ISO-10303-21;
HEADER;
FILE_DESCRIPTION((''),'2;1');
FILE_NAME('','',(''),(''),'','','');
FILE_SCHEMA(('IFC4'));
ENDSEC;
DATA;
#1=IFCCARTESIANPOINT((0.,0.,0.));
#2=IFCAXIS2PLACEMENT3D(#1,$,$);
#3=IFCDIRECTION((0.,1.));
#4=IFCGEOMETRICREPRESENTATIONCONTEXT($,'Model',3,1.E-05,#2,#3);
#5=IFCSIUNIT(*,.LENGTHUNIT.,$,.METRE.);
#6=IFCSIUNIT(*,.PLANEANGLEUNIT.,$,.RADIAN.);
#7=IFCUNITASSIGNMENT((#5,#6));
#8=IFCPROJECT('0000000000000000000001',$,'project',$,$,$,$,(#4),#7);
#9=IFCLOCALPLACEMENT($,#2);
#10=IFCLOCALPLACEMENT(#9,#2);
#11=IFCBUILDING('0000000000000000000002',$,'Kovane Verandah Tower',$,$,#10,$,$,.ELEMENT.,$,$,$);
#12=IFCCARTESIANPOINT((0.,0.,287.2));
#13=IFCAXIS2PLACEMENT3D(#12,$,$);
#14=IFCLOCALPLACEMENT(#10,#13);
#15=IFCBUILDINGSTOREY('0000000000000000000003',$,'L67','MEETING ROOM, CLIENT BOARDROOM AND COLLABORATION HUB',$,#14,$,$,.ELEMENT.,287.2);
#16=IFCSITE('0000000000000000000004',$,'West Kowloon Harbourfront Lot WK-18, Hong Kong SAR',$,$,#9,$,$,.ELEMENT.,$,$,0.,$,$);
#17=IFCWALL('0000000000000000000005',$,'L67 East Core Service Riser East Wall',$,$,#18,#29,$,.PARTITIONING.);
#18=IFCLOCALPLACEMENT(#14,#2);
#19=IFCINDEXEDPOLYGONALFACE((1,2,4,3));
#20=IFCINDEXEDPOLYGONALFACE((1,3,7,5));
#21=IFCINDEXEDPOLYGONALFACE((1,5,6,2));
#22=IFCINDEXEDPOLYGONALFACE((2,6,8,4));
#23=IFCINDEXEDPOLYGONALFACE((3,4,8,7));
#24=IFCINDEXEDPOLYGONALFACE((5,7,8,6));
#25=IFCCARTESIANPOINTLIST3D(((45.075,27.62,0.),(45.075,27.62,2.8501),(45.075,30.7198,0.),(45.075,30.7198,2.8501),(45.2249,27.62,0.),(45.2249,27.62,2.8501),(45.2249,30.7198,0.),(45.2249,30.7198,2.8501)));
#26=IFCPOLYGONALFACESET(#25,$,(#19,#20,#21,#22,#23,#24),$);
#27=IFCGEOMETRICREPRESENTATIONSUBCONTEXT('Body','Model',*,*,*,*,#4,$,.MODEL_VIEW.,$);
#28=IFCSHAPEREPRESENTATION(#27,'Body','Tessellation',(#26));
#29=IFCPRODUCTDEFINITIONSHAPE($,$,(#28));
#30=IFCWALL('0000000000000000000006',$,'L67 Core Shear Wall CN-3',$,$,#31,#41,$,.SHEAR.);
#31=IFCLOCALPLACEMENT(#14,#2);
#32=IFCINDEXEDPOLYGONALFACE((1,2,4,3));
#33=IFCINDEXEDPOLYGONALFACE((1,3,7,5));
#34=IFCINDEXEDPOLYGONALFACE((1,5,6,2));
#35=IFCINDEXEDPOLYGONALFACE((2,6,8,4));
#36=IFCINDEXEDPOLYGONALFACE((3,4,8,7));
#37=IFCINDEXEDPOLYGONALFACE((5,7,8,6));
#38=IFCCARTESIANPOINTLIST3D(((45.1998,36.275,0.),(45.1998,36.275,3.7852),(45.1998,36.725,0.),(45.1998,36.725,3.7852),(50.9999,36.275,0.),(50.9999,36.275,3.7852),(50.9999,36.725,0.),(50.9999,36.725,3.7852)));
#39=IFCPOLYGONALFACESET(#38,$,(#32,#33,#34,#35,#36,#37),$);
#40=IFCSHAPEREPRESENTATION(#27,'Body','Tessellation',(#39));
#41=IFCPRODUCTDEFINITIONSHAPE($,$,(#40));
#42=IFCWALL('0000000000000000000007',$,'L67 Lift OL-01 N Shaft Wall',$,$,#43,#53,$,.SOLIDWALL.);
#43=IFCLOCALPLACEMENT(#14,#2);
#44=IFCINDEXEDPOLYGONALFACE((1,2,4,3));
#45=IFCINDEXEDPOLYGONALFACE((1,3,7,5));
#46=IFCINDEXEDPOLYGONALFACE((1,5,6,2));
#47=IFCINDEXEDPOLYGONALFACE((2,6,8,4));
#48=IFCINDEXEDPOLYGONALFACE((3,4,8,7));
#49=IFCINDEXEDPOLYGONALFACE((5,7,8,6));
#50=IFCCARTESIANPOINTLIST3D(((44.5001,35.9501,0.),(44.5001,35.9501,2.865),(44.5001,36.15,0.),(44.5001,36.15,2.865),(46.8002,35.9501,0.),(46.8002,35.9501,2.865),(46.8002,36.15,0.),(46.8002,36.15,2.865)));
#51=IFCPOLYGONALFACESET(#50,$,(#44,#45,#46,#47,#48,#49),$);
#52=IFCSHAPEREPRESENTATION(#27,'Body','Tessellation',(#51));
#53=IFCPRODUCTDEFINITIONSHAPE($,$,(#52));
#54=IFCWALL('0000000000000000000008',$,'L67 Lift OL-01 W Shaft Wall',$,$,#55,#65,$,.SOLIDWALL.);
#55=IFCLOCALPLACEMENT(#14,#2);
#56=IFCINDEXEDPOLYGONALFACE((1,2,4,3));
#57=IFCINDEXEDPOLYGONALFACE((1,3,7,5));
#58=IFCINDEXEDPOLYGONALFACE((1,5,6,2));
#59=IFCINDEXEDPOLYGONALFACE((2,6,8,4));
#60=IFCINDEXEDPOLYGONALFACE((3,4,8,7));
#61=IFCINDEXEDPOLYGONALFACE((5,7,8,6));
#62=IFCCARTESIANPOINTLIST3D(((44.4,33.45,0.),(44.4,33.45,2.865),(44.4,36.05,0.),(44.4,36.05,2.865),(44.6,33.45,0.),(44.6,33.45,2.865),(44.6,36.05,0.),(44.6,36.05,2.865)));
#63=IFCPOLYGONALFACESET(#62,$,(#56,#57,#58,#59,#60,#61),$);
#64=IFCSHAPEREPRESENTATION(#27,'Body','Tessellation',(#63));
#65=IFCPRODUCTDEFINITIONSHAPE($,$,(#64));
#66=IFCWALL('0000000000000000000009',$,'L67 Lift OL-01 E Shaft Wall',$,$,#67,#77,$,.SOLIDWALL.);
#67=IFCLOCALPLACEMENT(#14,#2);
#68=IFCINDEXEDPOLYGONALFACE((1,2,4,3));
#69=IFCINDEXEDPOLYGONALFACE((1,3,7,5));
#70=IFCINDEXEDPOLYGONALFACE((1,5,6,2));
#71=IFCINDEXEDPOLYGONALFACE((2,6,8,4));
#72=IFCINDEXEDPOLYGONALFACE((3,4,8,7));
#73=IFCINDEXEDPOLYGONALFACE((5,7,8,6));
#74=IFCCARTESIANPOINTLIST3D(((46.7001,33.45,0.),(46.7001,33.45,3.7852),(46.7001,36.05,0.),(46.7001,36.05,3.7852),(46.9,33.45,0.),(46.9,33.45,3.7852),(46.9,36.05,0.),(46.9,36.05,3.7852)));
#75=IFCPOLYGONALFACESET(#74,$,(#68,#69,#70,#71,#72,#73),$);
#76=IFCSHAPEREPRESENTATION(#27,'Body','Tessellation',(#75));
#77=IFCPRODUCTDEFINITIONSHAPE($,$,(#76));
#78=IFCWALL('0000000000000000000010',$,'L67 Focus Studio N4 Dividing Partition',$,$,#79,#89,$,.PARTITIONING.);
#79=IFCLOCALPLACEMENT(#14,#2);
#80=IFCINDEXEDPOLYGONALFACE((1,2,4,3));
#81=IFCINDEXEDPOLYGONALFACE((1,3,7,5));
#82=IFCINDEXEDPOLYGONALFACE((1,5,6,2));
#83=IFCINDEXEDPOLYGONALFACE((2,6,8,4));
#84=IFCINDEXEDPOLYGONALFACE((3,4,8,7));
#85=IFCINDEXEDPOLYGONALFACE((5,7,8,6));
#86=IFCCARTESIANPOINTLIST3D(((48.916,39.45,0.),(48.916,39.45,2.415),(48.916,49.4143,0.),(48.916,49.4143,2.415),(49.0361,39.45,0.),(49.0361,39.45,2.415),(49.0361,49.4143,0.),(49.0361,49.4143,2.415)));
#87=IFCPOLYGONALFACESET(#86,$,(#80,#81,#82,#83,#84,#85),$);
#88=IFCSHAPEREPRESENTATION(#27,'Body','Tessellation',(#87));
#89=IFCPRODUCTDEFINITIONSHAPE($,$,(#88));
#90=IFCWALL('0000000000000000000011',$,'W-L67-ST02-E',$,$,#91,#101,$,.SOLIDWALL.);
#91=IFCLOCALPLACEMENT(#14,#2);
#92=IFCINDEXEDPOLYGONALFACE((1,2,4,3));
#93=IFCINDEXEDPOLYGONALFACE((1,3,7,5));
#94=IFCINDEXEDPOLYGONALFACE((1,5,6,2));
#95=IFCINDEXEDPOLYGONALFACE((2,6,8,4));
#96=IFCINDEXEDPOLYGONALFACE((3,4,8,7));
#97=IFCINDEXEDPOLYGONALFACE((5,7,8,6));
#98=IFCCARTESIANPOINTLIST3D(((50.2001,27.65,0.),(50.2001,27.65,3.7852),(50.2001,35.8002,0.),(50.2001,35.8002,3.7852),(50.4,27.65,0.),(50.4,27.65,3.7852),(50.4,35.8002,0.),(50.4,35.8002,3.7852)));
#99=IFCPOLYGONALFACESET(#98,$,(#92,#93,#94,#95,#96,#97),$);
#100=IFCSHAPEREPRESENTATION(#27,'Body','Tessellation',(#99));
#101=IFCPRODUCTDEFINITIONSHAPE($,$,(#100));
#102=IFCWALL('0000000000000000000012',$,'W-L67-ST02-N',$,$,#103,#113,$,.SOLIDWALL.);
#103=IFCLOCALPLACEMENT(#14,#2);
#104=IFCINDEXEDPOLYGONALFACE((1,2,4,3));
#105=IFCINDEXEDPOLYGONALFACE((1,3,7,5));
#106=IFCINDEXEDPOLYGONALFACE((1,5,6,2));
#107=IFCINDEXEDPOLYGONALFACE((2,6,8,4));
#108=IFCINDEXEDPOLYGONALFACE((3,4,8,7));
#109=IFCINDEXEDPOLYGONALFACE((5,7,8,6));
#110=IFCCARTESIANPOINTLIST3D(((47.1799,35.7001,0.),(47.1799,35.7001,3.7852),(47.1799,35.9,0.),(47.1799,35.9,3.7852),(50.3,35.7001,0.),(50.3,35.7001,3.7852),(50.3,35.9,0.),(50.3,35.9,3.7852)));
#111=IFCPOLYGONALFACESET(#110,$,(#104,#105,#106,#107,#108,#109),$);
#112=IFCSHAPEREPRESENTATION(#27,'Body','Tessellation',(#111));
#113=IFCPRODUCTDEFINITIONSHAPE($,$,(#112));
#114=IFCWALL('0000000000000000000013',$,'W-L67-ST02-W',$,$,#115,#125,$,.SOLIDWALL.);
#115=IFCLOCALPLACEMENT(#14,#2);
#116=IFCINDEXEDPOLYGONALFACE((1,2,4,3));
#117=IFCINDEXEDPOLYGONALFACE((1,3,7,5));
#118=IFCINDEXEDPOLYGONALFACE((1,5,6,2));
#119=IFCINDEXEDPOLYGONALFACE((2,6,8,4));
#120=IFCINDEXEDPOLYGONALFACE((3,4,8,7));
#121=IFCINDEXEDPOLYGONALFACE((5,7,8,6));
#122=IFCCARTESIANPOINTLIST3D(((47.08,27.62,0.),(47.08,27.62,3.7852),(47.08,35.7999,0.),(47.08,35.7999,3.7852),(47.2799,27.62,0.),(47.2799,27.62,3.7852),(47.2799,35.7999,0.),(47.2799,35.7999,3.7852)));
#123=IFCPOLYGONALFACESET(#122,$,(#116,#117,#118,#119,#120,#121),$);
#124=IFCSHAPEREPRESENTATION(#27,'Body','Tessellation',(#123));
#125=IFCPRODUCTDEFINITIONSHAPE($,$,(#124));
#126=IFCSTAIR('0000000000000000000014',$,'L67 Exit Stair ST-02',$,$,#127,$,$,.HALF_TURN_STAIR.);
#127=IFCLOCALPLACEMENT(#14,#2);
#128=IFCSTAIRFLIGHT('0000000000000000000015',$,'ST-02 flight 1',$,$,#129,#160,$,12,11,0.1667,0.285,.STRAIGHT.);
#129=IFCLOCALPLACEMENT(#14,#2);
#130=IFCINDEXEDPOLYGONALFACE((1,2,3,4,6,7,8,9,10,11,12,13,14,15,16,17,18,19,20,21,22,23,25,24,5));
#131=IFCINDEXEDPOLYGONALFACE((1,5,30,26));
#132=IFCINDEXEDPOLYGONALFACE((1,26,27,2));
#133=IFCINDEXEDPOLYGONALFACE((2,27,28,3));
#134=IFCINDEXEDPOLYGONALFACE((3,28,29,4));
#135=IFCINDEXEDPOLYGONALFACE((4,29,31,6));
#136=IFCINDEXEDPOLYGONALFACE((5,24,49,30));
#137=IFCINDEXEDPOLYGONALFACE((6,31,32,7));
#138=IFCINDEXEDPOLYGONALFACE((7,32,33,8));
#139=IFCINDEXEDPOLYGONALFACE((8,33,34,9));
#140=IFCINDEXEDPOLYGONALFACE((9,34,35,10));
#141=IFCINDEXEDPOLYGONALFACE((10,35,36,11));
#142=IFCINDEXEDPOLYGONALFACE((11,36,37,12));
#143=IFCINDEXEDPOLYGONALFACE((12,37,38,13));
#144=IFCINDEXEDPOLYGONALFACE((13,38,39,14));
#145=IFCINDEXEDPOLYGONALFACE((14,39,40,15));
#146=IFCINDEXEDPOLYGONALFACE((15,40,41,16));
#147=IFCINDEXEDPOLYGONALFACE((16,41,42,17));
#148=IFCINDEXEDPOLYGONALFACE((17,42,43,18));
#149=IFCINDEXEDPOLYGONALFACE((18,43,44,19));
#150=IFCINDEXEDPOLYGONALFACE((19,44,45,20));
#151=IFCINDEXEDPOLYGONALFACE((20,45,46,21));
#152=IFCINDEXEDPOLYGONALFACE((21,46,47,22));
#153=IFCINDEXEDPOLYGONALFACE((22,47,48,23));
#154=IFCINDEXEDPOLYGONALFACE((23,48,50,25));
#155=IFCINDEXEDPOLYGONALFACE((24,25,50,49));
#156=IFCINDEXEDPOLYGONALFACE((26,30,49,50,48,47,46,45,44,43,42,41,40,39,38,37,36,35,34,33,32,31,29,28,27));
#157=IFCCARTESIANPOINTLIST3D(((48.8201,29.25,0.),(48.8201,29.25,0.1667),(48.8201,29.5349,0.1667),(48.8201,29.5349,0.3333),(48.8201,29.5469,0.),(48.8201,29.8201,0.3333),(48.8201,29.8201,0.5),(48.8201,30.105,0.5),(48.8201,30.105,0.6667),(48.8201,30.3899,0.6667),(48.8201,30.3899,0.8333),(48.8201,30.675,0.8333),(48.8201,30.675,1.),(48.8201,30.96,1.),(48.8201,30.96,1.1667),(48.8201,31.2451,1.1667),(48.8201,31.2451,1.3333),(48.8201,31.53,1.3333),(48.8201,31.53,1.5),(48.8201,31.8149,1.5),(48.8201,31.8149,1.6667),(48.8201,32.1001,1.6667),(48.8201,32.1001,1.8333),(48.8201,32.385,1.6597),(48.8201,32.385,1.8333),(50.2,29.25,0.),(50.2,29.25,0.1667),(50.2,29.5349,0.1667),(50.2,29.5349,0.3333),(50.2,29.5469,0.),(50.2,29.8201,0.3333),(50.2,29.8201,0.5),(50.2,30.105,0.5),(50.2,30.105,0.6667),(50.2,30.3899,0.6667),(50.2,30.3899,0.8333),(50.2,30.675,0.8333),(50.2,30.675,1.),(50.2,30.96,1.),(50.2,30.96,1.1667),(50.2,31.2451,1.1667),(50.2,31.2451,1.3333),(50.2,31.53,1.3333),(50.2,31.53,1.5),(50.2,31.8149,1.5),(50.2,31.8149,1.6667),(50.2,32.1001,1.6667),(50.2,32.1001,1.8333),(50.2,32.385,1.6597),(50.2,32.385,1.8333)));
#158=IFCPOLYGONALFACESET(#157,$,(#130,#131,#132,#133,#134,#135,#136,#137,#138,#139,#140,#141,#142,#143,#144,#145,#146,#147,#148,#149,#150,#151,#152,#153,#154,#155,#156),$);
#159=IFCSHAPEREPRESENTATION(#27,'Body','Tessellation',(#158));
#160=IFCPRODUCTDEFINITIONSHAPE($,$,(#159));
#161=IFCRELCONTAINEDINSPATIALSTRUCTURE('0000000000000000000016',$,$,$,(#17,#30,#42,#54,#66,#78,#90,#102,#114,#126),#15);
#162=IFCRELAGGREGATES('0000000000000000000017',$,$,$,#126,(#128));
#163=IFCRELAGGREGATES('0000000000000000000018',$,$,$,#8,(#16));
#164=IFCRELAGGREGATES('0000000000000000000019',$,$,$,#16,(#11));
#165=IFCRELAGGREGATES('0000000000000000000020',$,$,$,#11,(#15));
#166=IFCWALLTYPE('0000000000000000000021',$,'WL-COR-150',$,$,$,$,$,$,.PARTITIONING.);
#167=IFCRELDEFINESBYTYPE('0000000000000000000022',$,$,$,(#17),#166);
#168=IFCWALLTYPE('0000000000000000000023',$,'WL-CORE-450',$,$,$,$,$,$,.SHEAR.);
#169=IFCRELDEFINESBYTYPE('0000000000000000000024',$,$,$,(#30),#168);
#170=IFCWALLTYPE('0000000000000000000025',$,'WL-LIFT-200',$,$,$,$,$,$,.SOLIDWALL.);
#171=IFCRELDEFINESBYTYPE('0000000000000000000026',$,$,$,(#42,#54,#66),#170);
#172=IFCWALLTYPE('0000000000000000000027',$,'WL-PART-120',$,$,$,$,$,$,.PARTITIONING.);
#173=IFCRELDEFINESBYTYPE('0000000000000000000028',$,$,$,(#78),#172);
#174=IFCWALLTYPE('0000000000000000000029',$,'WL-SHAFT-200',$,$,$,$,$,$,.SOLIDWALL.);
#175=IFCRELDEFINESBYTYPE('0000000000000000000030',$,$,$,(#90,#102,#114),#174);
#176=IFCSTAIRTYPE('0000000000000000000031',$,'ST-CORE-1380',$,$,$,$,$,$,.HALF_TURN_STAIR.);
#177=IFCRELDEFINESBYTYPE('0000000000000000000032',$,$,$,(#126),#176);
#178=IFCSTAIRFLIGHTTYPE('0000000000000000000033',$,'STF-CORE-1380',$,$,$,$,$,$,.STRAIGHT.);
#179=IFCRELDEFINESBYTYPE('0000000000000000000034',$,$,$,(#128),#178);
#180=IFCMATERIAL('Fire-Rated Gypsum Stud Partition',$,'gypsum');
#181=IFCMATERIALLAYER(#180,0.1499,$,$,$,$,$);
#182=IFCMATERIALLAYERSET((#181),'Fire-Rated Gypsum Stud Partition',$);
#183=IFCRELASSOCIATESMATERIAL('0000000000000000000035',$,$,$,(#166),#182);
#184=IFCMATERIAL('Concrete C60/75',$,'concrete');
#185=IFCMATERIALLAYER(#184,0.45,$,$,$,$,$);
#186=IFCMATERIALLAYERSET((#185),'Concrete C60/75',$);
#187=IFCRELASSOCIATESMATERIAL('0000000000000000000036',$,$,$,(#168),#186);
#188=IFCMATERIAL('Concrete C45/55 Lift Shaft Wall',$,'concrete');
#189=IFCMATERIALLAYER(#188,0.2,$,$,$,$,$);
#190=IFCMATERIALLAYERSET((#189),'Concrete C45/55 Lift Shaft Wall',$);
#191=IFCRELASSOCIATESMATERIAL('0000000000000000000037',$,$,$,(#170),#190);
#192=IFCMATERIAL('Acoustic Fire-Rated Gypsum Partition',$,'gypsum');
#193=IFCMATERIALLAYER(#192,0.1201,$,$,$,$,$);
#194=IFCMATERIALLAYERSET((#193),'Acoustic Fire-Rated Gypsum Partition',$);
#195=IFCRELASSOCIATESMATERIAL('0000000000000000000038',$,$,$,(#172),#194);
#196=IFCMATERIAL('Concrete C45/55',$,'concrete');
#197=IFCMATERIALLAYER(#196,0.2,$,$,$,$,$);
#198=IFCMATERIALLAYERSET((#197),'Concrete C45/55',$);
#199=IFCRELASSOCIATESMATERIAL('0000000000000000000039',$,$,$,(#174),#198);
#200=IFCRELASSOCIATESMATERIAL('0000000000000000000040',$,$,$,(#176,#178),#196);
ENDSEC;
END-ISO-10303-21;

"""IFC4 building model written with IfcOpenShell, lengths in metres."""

from ifc_helpers import new_model, si_unit, direction, frame, frame_2d, origin, place, context, subcontext, project, spatial, polyline, rectangle, outline, extrude, material, layer, layer_set, type_object, element, aggregate, save


model = new_model("IFC4")

# Units and contexts
model_context = context("Model", 3, precision=1e-05, world=origin(), true_north=direction((0.0, 1.0)))
body_context = subcontext(model_context, "Body", "Model", "MODEL_VIEW")
ifc_project = project(units=[si_unit("LENGTHUNIT", "METRE"), si_unit("PLANEANGLEUNIT", "RADIAN")], contexts=[model_context])

# Site, building, storey
site_placement = place(None, origin())
site = spatial("IfcSite", under=ifc_project, at=site_placement, Name="West Kowloon Harbourfront Lot WK-18, Hong Kong SAR", CompositionType="ELEMENT", RefElevation=0.0)
building_placement = place(site_placement, origin())
building = spatial("IfcBuilding", under=site, at=building_placement, Name="Kovane Verandah Tower", CompositionType="ELEMENT")
storey_placement = place(building_placement, frame((0.0, 0.0, 287.2)))
storey = spatial("IfcBuildingStorey", under=building, at=storey_placement, Name="L67", Description="MEETING ROOM, CLIENT BOARDROOM AND COLLABORATION HUB", CompositionType="ELEMENT", Elevation=287.2)

# Wall
ifc_material_1 = material(Name="Fire-Rated Gypsum Stud Partition", Category="gypsum")
ifc_layer_1 = layer(ifc_material_1, 0.1499)
ifc_layer_set_1 = layer_set([ifc_layer_1], Name="Fire-Rated Gypsum Stud Partition")
wall_type_1 = type_object("IfcWallType", Name="WL-COR-150", PredefinedType="PARTITIONING", material=ifc_layer_set_1)
wall_1_placement = place(storey_placement, frame((45.1499, 27.6201, 0.0), z_axis=(0.0, 0.0, 1.0), x_axis=(0.0, 1.0, 0.0)))
element("IfcWall", 1, at=wall_1_placement, inside=storey, type_object=wall_type_1, Name="L67 East Core Service Riser East Wall", PredefinedType="PARTITIONING", context=body_context, shape_type="SweptSolid", body=[
    extrude(rectangle(XDim=3.0999, YDim=0.1499, at=frame_2d((1.5498, 0.0))), origin(), (0.0, 0.0, 1.0), 2.8501),
])

# Wall
ifc_material_2 = material(Name="Concrete C60/75", Category="concrete")
ifc_layer_2 = layer(ifc_material_2, 0.45)
ifc_layer_set_2 = layer_set([ifc_layer_2], Name="Concrete C60/75")
wall_type_2 = type_object("IfcWallType", Name="WL-CORE-450", PredefinedType="SHEAR", material=ifc_layer_set_2)
wall_2_placement = place(storey_placement, frame((45.2, 36.5, 0.0), z_axis=(0.0, 0.0, 1.0), x_axis=(1.0, 0.0, 0.0)))
element("IfcWall", 2, at=wall_2_placement, inside=storey, type_object=wall_type_2, Name="L67 Core Shear Wall CN-3", PredefinedType="SHEAR", context=body_context, shape_type="SweptSolid", body=[
    extrude(rectangle(XDim=5.8, YDim=0.45, at=frame_2d((2.8999, 0.0))), origin(), (0.0, 0.0, 1.0), 3.7852),
])

# Walls
ifc_material_3 = material(Name="Concrete C45/55 Lift Shaft Wall", Category="concrete")
ifc_layer_3 = layer(ifc_material_3, 0.2)
ifc_layer_set_3 = layer_set([ifc_layer_3], Name="Concrete C45/55 Lift Shaft Wall")
wall_type_3 = type_object("IfcWallType", Name="WL-LIFT-200", PredefinedType="SOLIDWALL", material=ifc_layer_set_3)
wall_3_placement = place(storey_placement, frame((46.8, 36.05, 0.0), z_axis=(0.0, 0.0, 1.0), x_axis=(-1.0, 0.0, 0.0)))
element("IfcWall", 3, at=wall_3_placement, inside=storey, type_object=wall_type_3, Name="L67 Lift OL-01 N Shaft Wall", PredefinedType="SOLIDWALL", context=body_context, shape_type="SweptSolid", body=[
    extrude(rectangle(XDim=2.3, YDim=0.2, at=frame_2d((1.1499, 0.0))), origin(), (0.0, 0.0, 1.0), 2.865),
])
wall_4_placement = place(storey_placement, frame((44.5, 36.05, 0.0), z_axis=(0.0, 0.0, 1.0), x_axis=(0.0, -1.0, 0.0)))
element("IfcWall", 4, at=wall_4_placement, inside=storey, type_object=wall_type_3, Name="L67 Lift OL-01 W Shaft Wall", PredefinedType="SOLIDWALL", context=body_context, shape_type="SweptSolid", body=[
    extrude(rectangle(XDim=2.6001, YDim=0.2, at=frame_2d((1.3, 0.0))), origin(), (0.0, 0.0, 1.0), 2.865),
])
wall_5_placement = place(storey_placement, frame((46.8, 33.45, 0.0), z_axis=(0.0, 0.0, 1.0), x_axis=(0.0, 1.0, 0.0)))
element("IfcWall", 5, at=wall_5_placement, inside=storey, type_object=wall_type_3, Name="L67 Lift OL-01 E Shaft Wall", PredefinedType="SOLIDWALL", context=body_context, shape_type="SweptSolid", body=[
    extrude(rectangle(XDim=2.6001, YDim=0.2, at=frame_2d((1.3, 0.0))), origin(), (0.0, 0.0, 1.0), 3.7852),
])
ifc_material_4 = material(Name="Acoustic Fire-Rated Gypsum Partition", Category="gypsum")
ifc_layer_4 = layer(ifc_material_4, 0.1201)
ifc_layer_set_4 = layer_set([ifc_layer_4], Name="Acoustic Fire-Rated Gypsum Partition")
wall_type_4 = type_object("IfcWallType", Name="WL-PART-120", PredefinedType="PARTITIONING", material=ifc_layer_set_4)
wall_6_placement = place(storey_placement, frame((48.9761, 39.45, 0.0), z_axis=(0.0, 0.0, 1.0), x_axis=(0.0, 1.0, 0.0)))
element("IfcWall", 6, at=wall_6_placement, inside=storey, type_object=wall_type_4, Name="L67 Focus Studio N4 Dividing Partition", PredefinedType="PARTITIONING", context=body_context, shape_type="SweptSolid", body=[
    extrude(rectangle(XDim=9.9644, YDim=0.1201, at=frame_2d((4.9822, 0.0))), origin(), (0.0, 0.0, 1.0), 2.415),
])
ifc_material_5 = material(Name="Concrete C45/55", Category="concrete")
ifc_layer_5 = layer(ifc_material_5, 0.2)
ifc_layer_set_5 = layer_set([ifc_layer_5], Name="Concrete C45/55")
wall_type_5 = type_object("IfcWallType", Name="WL-SHAFT-200", PredefinedType="SOLIDWALL", material=ifc_layer_set_5)
wall_7_placement = place(storey_placement, frame((50.3, 27.6499, 0.0), z_axis=(0.0, 0.0, 1.0), x_axis=(0.0, 1.0, 0.0)))
element("IfcWall", 7, at=wall_7_placement, inside=storey, type_object=wall_type_5, Name="W-L67-ST02-E", PredefinedType="SOLIDWALL", context=body_context, shape_type="SweptSolid", body=[
    extrude(rectangle(XDim=8.1501, YDim=0.2, at=frame_2d((4.0752, 0.0))), origin(), (0.0, 0.0, 1.0), 3.7852),
])
wall_8_placement = place(storey_placement, frame((47.1799, 35.8, 0.0), z_axis=(0.0, 0.0, 1.0), x_axis=(1.0, 0.0, 0.0)))
element("IfcWall", 8, at=wall_8_placement, inside=storey, type_object=wall_type_5, Name="W-L67-ST02-N", PredefinedType="SOLIDWALL", context=body_context, shape_type="SweptSolid", body=[
    extrude(rectangle(XDim=3.1201, YDim=0.2, at=frame_2d((1.5601, 0.0))), origin(), (0.0, 0.0, 1.0), 3.7852),
])
wall_9_placement = place(storey_placement, frame((47.1799, 27.6201, 0.0), z_axis=(0.0, 0.0, 1.0), x_axis=(0.0, 1.0, 0.0)))
element("IfcWall", 9, at=wall_9_placement, inside=storey, type_object=wall_type_5, Name="W-L67-ST02-W", PredefinedType="SOLIDWALL", context=body_context, shape_type="SweptSolid", body=[
    extrude(rectangle(XDim=8.1799, YDim=0.2, at=frame_2d((4.0898, 0.0))), origin(), (0.0, 0.0, 1.0), 3.7852),
])

# Stair, stair flight
stair_type = type_object("IfcStairType", Name="ST-CORE-1380", PredefinedType="HALF_TURN_STAIR", material=ifc_material_5)
stair_placement = place(storey_placement, origin())
stair = element("IfcStair", 10, at=stair_placement, inside=storey, type_object=stair_type, Name="L67 Exit Stair ST-02", PredefinedType="HALF_TURN_STAIR")
stair_flight_type = type_object("IfcStairFlightType", Name="STF-CORE-1380", PredefinedType="STRAIGHT", material=ifc_material_5)
stair_flight_1_placement = place(storey_placement, frame((49.51, 29.25, 0.0), z_axis=(0.0, 0.0, 1.0), x_axis=(0.0, 1.0, 0.0)))
stair_flight_1 = element("IfcStairFlight", 11, at=stair_flight_1_placement, type_object=stair_flight_type, Name="ST-02 flight 1", NumberOfRisers=12, NumberOfTreads=11, PredefinedType="STRAIGHT", RiserHeight=0.1667, TreadLength=0.285, context=body_context, shape_type="SweptSolid", body=[
    extrude(outline(polyline([(0.0, 0.0), (0.0, 0.1667), (0.2849, 0.1667), (0.2849, 0.3333), (0.5701, 0.3333), (0.5701, 0.5), (0.855, 0.5), (0.855, 0.6667), (1.1399, 0.6667), (1.1399, 0.8333), (1.425, 0.8333), (1.425, 1.0), (1.71, 1.0), (1.71, 1.1667), (1.9951, 1.1667), (1.9951, 1.3333), (2.28, 1.3333), (2.28, 1.5), (2.5649, 1.5), (2.5649, 1.6667), (2.8501, 1.6667), (2.8501, 1.8333), (3.135, 1.8333), (3.135, 2.0), (3.135, 1.6597), (0.2969, 0.0), (0.0, 0.0)])), frame((0.0, 0.6899, 0.0), z_axis=(0.0, -1.0, 0.0), x_axis=(1.0, 0.0, 0.0)), (0.0, 0.0, 1.0), 1.3799),
])
aggregate(stair, [stair_flight_1])

save(model, "model.ifc")
